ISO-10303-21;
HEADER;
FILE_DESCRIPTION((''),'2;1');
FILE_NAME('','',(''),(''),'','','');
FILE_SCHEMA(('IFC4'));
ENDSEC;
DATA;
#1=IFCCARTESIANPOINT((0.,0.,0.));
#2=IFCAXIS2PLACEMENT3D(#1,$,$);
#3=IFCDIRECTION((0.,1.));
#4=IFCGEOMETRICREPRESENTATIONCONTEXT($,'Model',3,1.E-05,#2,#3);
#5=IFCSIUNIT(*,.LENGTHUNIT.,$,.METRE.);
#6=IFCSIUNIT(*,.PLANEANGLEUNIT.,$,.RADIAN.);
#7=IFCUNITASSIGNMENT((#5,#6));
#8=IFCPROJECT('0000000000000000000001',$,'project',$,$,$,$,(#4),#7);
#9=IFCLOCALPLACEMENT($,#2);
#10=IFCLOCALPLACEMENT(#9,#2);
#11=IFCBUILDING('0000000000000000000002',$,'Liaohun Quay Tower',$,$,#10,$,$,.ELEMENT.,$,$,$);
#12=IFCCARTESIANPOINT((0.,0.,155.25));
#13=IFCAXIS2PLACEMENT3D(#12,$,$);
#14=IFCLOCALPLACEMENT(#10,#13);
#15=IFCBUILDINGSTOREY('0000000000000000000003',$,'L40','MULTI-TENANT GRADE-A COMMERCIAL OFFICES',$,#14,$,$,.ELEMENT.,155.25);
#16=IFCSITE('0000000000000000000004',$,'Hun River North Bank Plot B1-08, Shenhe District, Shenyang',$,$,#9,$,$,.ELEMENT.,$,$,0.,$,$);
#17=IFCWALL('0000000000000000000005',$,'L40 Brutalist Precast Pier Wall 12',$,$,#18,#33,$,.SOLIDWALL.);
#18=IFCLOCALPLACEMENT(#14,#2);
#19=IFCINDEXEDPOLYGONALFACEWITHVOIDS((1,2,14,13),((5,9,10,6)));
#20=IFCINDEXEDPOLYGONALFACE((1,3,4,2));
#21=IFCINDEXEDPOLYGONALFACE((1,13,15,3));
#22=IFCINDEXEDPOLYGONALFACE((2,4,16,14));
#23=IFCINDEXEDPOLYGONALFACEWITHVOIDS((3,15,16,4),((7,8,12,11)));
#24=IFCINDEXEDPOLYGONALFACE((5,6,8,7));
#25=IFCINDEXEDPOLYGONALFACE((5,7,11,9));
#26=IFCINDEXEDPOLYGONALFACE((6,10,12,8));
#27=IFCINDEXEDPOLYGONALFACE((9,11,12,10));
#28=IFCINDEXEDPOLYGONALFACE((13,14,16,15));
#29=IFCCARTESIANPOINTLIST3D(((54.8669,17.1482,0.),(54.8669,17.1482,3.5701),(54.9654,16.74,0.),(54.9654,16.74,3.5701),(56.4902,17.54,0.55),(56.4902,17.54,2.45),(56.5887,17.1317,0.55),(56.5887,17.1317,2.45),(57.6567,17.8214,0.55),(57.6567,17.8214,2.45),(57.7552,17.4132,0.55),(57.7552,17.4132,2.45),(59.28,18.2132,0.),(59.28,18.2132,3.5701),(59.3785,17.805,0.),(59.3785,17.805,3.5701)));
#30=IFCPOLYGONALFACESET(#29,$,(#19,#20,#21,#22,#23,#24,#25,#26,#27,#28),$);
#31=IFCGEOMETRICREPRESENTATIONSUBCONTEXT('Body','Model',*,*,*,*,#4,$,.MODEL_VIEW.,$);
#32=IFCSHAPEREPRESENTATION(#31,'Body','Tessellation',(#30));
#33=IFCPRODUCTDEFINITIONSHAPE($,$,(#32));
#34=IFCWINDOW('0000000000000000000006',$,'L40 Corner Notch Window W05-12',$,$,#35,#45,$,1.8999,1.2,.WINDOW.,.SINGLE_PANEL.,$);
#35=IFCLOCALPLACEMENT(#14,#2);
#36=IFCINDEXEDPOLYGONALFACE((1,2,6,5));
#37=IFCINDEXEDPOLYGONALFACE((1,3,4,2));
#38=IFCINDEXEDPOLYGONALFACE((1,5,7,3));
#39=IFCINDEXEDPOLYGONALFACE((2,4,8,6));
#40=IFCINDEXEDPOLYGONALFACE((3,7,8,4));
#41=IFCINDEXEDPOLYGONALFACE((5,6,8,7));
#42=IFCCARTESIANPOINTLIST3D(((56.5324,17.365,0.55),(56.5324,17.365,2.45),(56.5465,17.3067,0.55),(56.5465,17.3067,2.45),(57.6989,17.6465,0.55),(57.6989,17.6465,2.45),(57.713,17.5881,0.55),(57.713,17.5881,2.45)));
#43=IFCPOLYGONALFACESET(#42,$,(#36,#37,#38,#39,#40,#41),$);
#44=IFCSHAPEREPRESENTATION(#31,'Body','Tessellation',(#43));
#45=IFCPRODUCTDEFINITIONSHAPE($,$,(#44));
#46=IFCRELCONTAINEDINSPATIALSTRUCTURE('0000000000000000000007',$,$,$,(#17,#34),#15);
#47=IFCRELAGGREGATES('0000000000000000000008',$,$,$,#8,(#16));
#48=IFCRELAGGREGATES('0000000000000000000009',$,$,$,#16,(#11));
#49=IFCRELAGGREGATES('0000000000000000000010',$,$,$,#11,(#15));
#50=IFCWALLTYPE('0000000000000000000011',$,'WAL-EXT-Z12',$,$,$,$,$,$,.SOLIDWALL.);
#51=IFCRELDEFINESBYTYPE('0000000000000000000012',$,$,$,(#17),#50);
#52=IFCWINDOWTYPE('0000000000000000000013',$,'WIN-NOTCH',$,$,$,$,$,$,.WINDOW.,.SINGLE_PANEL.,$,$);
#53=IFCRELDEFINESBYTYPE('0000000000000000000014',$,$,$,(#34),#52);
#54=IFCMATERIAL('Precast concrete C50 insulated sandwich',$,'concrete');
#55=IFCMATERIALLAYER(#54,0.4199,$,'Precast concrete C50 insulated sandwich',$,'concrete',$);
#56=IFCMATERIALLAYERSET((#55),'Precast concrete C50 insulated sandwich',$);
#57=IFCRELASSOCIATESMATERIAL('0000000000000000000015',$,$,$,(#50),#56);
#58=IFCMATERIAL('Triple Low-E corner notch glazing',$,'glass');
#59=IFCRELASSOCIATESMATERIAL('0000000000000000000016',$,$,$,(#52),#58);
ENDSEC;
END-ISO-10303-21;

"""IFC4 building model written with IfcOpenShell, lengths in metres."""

from ifc_helpers import new_model, si_unit, direction, frame, frame_2d, origin, place, context, subcontext, project, spatial, rectangle, extrude, source, transform, mapped, material, layer, layer_set, type_object, element, fill, save


model = new_model("IFC4")

# Units and contexts
model_context = context("Model", 3, precision=1e-05, world=origin(), true_north=direction((0.0, 1.0)))
body_context = subcontext(model_context, "Body", "Model", "MODEL_VIEW")
ifc_project = project(units=[si_unit("LENGTHUNIT", "METRE"), si_unit("PLANEANGLEUNIT", "RADIAN")], contexts=[model_context])

# Site, building, storey
site_placement = place(None, origin())
site = spatial("IfcSite", under=ifc_project, at=site_placement, Name="Hun River North Bank Plot B1-08, Shenhe District, Shenyang", CompositionType="ELEMENT", RefElevation=0.0)
building_placement = place(site_placement, origin())
building = spatial("IfcBuilding", under=site, at=building_placement, Name="Liaohun Quay Tower", CompositionType="ELEMENT")
storey_placement = place(building_placement, frame((0.0, 0.0, 155.25)))
storey = spatial("IfcBuildingStorey", under=building, at=storey_placement, Name="L40", Description="MULTI-TENANT GRADE-A COMMERCIAL OFFICES", CompositionType="ELEMENT", Elevation=155.25)

# Wall, opening, window
ifc_material_1 = material(Name="Precast concrete C50 insulated sandwich", Category="concrete")
ifc_layer_1 = layer(ifc_material_1, 0.4199, Name="Precast concrete C50 insulated sandwich", Category="concrete")
ifc_layer_set_1 = layer_set([ifc_layer_1], Name="Precast concrete C50 insulated sandwich")
wall_type_1 = type_object("IfcWallType", Name="WAL-EXT-Z12", PredefinedType="SOLIDWALL", material=ifc_layer_set_1)
wall_1_placement = place(storey_placement, frame((54.916, 16.9441, 0.0), z_axis=(0.0, 0.0, 1.0), x_axis=(0.972097, 0.234581, 0.0)))
wall_1 = element("IfcWall", 1, at=wall_1_placement, inside=storey, type_object=wall_type_1, Name="L40 Brutalist Precast Pier Wall 12", PredefinedType="SOLIDWALL", context=body_context, shape_type="SweptSolid", body=[
    extrude(rectangle(XDim=4.5398, YDim=0.4199, at=frame_2d((2.27, 0.0))), origin(), (0.0, 0.0, 1.0), 3.5701),
])
shared_shape_1 = source(origin(), body_context, "Body", "SweptSolid", [
    extrude(rectangle(XDim=1.2, YDim=1.8999, at=frame_2d((0.6001, 0.95))), frame((0.0, 0.22, 0.0), z_axis=(0.0, -1.0, 0.0), x_axis=(1.0, 0.0, 0.0)), (0.0, 0.0, 1.0), 0.4399),
])
opening_1_placement = place(wall_1_placement, frame((1.6699, 0.0, 0.55)))
opening_1 = element("IfcOpeningElement", 2, at=opening_1_placement, cuts=wall_1, PredefinedType="OPENING", context=body_context, shape_type="MappedRepresentation", body=[
    mapped(shared_shape_1, transform((0.0, 0.0, 0.0), x_axis=(1.0, 0.0, 0.0), y_axis=(0.0, 1.0, 0.0), z_axis=(0.0, 0.0, 1.0), scale=1.0)),
])
ifc_material_2 = material(Name="Triple Low-E corner notch glazing", Category="glass")
window_type_1 = type_object("IfcWindowType", Name="WIN-NOTCH", PartitioningType="SINGLE_PANEL", PredefinedType="WINDOW", material=ifc_material_2)
shared_shape_2 = source(origin(), body_context, "Body", "SweptSolid", [
    extrude(rectangle(XDim=1.2, YDim=1.8999, at=frame_2d((0.6001, 0.95))), frame((0.0, 0.03, 0.0), z_axis=(0.0, -1.0, 0.0), x_axis=(1.0, 0.0, 0.0)), (0.0, 0.0, 1.0), 0.0601),
])
window_1_placement = place(opening_1_placement, origin())
window_1 = element("IfcWindow", 3, at=window_1_placement, inside=storey, type_object=window_type_1, Name="L40 Corner Notch Window W05-12", OverallHeight=1.8999, OverallWidth=1.2, PartitioningType="SINGLE_PANEL", PredefinedType="WINDOW", context=body_context, shape_type="MappedRepresentation", body=[
    mapped(shared_shape_2, transform((0.0, 0.0, 0.0), x_axis=(1.0, 0.0, 0.0), y_axis=(0.0, 1.0, 0.0), z_axis=(0.0, 0.0, 1.0), scale=1.0)),
])
fill(opening_1, window_1)

save(model, "model.ifc")
